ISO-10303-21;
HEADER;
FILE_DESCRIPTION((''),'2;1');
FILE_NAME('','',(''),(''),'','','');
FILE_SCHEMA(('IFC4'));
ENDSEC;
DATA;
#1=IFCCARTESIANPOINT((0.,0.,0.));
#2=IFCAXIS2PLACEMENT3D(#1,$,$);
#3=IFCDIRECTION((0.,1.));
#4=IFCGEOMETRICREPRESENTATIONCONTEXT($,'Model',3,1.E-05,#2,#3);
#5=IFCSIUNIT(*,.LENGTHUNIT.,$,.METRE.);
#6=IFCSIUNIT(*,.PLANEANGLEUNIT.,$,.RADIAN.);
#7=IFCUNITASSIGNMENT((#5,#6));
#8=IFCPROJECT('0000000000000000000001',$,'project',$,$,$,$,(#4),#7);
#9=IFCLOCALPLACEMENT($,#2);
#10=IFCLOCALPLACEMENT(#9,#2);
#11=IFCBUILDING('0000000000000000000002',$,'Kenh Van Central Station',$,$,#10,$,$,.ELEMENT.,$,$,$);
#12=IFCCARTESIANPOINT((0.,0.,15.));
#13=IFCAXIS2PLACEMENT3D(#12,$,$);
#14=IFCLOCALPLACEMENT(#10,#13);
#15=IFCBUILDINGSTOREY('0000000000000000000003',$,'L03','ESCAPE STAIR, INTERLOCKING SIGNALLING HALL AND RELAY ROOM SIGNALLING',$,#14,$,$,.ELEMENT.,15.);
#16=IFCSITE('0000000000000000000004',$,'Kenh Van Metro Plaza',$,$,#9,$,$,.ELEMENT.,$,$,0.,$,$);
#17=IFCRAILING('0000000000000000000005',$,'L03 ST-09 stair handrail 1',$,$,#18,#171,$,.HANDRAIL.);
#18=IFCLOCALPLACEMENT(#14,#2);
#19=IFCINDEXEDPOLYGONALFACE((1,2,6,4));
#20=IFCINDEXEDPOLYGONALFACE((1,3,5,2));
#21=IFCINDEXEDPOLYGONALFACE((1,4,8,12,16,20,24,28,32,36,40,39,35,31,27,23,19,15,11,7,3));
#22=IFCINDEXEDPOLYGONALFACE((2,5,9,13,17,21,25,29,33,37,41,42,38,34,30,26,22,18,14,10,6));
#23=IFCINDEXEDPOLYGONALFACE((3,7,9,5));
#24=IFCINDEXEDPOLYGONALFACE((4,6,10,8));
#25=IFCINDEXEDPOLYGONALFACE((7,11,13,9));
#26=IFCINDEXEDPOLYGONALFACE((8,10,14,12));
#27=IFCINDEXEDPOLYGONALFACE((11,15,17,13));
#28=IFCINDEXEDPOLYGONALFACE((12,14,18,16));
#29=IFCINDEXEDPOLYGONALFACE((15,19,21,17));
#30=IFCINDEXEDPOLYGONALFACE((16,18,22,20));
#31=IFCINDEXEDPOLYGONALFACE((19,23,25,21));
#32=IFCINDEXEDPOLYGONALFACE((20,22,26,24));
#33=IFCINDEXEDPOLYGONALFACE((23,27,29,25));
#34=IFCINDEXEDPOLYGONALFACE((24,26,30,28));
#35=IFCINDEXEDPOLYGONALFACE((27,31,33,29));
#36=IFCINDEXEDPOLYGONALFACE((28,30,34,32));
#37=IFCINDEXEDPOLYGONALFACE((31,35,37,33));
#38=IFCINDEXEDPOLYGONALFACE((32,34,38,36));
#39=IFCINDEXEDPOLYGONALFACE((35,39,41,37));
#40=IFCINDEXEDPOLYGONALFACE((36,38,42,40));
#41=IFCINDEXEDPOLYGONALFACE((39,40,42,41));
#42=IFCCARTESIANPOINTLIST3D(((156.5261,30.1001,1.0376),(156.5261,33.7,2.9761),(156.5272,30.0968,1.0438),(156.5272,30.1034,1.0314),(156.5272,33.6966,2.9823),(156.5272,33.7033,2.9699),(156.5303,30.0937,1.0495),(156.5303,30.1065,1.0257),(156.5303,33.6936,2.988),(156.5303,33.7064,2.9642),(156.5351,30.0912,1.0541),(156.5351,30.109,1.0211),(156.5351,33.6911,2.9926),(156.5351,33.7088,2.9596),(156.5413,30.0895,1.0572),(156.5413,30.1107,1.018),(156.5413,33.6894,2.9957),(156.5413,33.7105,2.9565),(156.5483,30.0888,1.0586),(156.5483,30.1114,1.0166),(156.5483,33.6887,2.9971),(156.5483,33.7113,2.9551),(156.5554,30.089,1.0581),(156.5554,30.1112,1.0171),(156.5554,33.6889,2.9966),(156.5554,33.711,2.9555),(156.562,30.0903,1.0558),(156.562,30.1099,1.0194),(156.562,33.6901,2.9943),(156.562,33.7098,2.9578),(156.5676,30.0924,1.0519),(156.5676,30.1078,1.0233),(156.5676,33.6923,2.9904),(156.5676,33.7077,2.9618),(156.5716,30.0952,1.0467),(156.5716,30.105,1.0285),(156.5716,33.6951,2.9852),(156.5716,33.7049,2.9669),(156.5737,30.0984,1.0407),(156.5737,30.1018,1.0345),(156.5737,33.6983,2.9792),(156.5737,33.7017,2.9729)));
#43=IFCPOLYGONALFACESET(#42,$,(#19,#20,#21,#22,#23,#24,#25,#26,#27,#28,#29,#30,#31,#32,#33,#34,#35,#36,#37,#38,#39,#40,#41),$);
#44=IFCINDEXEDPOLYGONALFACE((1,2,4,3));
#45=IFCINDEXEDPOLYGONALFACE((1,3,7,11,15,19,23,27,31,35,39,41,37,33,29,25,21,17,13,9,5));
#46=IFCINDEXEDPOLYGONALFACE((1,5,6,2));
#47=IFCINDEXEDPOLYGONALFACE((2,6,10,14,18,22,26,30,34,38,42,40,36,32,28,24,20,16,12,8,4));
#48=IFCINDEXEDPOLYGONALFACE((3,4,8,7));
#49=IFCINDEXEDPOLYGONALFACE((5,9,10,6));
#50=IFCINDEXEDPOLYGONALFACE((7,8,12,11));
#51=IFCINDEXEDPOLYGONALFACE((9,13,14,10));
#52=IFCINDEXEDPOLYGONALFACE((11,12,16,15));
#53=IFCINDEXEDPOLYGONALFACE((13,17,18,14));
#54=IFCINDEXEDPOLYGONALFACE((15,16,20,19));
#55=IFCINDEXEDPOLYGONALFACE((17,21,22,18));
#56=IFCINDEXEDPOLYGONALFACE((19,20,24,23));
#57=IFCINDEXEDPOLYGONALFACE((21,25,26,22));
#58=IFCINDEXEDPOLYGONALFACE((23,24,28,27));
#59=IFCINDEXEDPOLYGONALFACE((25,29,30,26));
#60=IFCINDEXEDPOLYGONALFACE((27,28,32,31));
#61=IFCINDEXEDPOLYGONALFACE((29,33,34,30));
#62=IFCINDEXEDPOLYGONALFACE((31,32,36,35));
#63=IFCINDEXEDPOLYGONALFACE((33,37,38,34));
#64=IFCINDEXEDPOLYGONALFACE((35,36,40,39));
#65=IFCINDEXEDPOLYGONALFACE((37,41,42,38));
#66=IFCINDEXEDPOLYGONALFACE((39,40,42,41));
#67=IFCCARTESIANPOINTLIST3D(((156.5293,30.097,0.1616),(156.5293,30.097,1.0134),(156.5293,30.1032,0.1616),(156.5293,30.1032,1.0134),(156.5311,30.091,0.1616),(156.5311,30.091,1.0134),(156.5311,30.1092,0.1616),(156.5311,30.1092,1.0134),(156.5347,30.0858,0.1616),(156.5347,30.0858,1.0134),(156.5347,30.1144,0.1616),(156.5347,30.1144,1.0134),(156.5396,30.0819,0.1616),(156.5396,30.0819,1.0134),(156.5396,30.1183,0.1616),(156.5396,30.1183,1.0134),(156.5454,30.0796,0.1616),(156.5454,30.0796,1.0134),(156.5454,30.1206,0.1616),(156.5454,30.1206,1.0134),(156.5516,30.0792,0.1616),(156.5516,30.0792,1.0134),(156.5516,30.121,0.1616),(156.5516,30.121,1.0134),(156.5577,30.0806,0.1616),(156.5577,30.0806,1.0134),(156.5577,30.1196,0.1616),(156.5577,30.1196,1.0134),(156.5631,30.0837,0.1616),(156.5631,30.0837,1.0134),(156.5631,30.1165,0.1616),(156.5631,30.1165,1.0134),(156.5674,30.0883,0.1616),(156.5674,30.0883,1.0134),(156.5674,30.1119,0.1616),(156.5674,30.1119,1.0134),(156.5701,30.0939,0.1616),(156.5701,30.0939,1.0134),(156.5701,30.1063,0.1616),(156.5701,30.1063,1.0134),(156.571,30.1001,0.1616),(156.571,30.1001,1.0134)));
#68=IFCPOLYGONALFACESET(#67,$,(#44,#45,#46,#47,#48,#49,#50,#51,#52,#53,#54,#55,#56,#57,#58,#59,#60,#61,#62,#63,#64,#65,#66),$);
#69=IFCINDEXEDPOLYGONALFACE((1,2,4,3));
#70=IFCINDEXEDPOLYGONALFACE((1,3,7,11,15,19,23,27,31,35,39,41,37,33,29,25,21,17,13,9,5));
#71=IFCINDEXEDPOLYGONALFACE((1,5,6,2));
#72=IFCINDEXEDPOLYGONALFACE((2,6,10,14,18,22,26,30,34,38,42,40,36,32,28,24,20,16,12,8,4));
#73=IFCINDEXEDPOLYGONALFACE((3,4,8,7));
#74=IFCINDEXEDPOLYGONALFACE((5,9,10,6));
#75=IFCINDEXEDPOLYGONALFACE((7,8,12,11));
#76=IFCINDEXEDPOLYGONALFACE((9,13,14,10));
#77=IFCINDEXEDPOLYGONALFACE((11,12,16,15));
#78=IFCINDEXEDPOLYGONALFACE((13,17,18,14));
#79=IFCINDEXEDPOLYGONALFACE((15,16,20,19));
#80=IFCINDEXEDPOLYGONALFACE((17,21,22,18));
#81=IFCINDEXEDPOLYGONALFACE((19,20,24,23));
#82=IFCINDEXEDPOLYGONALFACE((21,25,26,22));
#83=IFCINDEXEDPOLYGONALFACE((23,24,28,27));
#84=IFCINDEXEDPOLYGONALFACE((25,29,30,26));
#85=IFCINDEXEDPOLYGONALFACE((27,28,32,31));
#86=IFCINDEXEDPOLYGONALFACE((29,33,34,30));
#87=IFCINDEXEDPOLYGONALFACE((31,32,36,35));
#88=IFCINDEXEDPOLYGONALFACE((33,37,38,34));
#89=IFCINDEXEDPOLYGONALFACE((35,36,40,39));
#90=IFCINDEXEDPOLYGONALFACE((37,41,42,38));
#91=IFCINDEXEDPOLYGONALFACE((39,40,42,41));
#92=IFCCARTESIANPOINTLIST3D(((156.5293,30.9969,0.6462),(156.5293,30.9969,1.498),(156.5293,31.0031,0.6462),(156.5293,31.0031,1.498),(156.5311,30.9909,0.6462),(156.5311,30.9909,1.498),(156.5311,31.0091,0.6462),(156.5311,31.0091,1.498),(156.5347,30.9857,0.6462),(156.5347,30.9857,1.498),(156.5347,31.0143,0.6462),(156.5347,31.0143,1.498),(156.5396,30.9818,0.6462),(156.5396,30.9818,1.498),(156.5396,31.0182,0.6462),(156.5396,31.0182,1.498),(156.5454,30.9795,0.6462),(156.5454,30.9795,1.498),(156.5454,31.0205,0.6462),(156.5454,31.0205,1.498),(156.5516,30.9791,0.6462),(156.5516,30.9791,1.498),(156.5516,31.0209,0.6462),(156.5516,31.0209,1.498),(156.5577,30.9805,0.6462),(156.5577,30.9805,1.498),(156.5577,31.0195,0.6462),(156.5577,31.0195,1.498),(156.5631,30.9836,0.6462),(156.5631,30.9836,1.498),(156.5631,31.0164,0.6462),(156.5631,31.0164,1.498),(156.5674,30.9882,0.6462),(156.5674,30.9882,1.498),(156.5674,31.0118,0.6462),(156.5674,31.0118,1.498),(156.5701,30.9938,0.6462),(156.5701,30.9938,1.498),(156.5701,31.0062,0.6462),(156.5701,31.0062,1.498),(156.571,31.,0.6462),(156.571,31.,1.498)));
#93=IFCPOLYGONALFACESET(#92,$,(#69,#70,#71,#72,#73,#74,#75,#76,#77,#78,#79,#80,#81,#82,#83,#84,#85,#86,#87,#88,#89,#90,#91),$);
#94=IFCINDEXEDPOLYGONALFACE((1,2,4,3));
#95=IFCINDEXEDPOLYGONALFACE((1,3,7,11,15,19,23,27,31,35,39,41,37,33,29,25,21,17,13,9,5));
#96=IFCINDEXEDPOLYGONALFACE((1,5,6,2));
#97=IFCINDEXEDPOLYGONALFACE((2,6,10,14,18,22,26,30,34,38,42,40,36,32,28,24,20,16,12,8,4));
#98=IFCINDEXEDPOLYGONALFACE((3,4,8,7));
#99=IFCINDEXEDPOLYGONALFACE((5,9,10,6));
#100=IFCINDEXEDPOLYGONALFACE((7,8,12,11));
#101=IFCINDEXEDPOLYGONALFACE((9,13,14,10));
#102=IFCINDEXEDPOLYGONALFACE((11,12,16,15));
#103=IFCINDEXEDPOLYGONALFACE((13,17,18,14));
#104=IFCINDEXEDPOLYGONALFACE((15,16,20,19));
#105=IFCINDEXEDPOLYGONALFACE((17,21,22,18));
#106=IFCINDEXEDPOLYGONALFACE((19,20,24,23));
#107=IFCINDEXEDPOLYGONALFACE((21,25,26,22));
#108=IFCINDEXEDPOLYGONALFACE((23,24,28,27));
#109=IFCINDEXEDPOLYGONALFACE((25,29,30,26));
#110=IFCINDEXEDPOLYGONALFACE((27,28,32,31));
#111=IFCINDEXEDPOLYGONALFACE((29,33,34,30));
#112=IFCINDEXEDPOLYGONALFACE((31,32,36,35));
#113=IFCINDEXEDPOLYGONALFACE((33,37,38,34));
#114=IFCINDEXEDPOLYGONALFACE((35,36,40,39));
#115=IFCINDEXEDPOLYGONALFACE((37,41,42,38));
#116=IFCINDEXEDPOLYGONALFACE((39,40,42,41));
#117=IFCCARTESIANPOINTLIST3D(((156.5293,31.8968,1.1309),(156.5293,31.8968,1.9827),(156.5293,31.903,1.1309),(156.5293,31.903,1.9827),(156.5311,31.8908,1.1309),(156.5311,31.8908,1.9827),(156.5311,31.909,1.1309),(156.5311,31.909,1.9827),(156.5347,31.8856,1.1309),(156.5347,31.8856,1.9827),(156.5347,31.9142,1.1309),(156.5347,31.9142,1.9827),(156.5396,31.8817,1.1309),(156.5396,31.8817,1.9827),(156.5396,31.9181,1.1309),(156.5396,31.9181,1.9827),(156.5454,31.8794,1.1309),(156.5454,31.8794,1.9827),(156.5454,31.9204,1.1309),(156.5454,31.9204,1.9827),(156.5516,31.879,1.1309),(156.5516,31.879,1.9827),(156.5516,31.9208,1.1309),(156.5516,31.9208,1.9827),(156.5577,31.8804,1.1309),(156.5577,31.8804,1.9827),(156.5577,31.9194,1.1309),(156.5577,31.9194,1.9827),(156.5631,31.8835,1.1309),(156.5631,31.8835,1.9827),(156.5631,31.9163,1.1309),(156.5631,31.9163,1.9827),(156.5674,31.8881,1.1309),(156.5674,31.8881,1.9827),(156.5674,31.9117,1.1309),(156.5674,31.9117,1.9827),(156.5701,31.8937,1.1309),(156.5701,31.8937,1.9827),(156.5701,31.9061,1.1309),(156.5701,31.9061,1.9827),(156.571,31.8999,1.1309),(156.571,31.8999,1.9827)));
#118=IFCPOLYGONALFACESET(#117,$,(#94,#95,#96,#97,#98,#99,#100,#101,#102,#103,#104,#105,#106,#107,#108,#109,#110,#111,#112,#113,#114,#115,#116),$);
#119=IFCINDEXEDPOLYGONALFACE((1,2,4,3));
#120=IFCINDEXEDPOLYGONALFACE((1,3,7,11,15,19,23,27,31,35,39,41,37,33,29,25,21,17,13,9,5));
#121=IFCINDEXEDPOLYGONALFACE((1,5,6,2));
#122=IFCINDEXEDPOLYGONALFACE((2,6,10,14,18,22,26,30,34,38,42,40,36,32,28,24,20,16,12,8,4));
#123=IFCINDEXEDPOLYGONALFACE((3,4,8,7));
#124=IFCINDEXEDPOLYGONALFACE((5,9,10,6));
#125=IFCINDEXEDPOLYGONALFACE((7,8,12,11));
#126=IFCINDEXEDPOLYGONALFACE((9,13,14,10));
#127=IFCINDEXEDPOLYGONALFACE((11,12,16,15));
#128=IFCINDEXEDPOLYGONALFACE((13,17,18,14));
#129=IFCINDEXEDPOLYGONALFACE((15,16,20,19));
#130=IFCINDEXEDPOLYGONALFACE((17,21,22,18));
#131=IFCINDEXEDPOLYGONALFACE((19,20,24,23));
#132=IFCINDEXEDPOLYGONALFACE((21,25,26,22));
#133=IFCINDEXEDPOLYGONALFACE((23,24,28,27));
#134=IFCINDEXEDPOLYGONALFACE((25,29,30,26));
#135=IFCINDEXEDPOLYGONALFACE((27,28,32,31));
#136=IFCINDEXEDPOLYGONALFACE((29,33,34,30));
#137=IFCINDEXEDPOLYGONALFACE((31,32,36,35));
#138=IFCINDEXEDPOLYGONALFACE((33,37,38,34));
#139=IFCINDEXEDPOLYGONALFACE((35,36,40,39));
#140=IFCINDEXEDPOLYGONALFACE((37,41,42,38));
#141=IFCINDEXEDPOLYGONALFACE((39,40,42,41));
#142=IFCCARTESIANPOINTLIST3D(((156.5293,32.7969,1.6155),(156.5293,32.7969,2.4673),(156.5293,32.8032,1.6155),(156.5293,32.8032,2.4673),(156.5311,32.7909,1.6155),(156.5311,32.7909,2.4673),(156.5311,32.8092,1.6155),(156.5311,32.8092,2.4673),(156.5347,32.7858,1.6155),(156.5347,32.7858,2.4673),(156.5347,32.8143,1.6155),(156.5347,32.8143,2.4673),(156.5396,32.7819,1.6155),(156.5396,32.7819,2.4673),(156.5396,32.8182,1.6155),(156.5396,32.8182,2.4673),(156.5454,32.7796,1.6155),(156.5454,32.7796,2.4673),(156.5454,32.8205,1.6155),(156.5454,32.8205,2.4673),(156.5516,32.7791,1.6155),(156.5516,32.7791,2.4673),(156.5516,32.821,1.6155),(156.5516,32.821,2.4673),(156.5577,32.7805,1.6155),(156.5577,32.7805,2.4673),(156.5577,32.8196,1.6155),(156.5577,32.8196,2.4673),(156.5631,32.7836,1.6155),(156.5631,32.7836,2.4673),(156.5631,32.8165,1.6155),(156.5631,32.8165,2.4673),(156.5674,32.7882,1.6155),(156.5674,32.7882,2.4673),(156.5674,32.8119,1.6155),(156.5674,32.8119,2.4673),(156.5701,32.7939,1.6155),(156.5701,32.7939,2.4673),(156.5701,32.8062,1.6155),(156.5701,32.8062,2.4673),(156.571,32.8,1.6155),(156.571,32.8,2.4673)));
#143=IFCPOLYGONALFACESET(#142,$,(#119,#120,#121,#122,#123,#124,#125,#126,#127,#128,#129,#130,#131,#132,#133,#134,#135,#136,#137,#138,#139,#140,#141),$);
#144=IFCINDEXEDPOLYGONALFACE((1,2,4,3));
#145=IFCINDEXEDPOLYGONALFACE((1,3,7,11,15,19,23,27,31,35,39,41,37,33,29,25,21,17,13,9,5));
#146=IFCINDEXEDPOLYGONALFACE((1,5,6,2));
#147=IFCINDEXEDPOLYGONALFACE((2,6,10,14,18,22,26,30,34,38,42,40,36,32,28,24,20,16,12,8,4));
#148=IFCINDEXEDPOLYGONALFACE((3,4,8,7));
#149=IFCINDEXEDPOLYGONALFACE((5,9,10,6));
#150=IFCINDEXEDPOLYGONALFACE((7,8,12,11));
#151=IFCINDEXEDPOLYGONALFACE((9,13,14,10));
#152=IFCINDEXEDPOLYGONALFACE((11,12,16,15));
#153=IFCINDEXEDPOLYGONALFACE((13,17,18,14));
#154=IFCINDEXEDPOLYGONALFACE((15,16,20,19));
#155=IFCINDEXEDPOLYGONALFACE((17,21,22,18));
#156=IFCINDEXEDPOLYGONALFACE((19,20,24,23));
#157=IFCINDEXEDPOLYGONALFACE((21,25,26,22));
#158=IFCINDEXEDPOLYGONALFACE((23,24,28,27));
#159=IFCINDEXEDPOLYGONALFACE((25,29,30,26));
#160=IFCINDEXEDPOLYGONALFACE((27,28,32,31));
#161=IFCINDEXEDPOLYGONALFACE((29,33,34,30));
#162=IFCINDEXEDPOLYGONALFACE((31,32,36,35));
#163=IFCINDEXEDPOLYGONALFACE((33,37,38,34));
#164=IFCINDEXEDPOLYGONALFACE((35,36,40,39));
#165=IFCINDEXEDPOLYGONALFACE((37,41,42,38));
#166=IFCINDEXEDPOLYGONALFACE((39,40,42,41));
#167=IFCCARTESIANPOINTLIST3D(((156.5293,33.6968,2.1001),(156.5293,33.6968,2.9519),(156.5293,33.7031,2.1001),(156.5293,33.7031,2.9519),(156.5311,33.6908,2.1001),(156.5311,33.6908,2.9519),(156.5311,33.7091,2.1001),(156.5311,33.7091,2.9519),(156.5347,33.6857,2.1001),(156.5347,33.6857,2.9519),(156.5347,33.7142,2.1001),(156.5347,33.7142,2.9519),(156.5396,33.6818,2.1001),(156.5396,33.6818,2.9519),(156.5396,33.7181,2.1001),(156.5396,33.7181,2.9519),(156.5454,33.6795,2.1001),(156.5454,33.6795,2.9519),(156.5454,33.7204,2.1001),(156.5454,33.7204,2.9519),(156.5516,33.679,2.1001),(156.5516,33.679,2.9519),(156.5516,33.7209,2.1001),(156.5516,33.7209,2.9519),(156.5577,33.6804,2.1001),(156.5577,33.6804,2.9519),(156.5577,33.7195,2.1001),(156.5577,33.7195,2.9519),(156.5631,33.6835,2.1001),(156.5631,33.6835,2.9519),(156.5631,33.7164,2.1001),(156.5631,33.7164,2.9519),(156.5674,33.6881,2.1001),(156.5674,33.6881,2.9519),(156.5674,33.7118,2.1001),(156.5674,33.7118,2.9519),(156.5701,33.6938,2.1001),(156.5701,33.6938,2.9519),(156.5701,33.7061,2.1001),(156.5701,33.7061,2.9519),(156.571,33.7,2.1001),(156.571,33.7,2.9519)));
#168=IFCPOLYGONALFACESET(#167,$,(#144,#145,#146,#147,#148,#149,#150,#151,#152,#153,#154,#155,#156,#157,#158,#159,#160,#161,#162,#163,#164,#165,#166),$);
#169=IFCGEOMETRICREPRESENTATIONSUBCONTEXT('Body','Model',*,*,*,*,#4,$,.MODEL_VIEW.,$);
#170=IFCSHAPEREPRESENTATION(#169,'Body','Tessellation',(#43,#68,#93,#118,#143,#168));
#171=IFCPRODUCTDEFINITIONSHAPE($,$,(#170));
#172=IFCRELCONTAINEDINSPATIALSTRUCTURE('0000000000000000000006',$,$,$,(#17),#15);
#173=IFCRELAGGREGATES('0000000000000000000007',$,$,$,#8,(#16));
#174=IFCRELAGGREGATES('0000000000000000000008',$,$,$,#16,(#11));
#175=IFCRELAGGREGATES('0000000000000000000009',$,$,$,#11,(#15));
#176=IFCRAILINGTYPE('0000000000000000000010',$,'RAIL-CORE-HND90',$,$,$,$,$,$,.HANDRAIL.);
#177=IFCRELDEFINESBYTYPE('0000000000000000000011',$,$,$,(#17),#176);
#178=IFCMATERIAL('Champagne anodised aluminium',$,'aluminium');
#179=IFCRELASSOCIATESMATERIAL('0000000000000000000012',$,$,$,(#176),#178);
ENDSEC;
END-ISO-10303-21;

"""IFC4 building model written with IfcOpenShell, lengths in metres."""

from ifc_helpers import new_model, si_unit, direction, frame, origin, origin_2d, place, context, subcontext, project, spatial, circle, extrude, material, type_object, element, save


model = new_model("IFC4")

# Units and contexts
model_context = context("Model", 3, precision=1e-05, world=origin(), true_north=direction((0.0, 1.0)))
body_context = subcontext(model_context, "Body", "Model", "MODEL_VIEW")
ifc_project = project(units=[si_unit("LENGTHUNIT", "METRE"), si_unit("PLANEANGLEUNIT", "RADIAN")], contexts=[model_context])

# Site, building, storey
site_placement = place(None, origin())
site = spatial("IfcSite", under=ifc_project, at=site_placement, Name="Kenh Van Metro Plaza", CompositionType="ELEMENT", RefElevation=0.0)
building_placement = place(site_placement, origin())
building = spatial("IfcBuilding", under=site, at=building_placement, Name="Kenh Van Central Station", CompositionType="ELEMENT")
storey_placement = place(building_placement, frame((0.0, 0.0, 15.0)))
storey = spatial("IfcBuildingStorey", under=building, at=storey_placement, Name="L03", Description="ESCAPE STAIR, INTERLOCKING SIGNALLING HALL AND RELAY ROOM SIGNALLING", CompositionType="ELEMENT", Elevation=15.0)

# Shared definitions
ifc_material_1 = material(Name="Champagne anodised aluminium", Category="aluminium")

# Railing
railing_type_1 = type_object("IfcRailingType", Name="RAIL-CORE-HND90", PredefinedType="HANDRAIL", material=ifc_material_1)
railing_1_placement = place(storey_placement, frame((156.55, 30.1001, 0.1616)))
element("IfcRailing", 1, at=railing_1_placement, inside=storey, type_object=railing_type_1, Name="L03 ST-09 stair handrail 1", PredefinedType="HANDRAIL", context=body_context, shape_type="SweptSolid", body=[
    extrude(circle(Radius=0.0239, at=origin_2d()), frame((0.0, 0.0, 0.876), z_axis=(0.0, 0.880462, 0.474118), x_axis=(-1.0, 0.0, 0.0)), (0.0, 0.0, 1.0), 4.0886),
    extrude(circle(Radius=0.021, at=origin_2d()), origin(), (0.0, 0.0, 1.0), 0.8518),
    extrude(circle(Radius=0.021, at=origin_2d()), frame((0.0, 0.8999, 0.4846)), (0.0, 0.0, 1.0), 0.8518),
    extrude(circle(Radius=0.021, at=origin_2d()), frame((0.0, 1.7998, 0.9692)), (0.0, 0.0, 1.0), 0.8518),
    extrude(circle(Radius=0.021, at=origin_2d()), frame((0.0, 2.7, 1.4539)), (0.0, 0.0, 1.0), 0.8518),
    extrude(circle(Radius=0.021, at=origin_2d()), frame((0.0, 3.5999, 1.9385)), (0.0, 0.0, 1.0), 0.8518),
])

save(model, "model.ifc")
